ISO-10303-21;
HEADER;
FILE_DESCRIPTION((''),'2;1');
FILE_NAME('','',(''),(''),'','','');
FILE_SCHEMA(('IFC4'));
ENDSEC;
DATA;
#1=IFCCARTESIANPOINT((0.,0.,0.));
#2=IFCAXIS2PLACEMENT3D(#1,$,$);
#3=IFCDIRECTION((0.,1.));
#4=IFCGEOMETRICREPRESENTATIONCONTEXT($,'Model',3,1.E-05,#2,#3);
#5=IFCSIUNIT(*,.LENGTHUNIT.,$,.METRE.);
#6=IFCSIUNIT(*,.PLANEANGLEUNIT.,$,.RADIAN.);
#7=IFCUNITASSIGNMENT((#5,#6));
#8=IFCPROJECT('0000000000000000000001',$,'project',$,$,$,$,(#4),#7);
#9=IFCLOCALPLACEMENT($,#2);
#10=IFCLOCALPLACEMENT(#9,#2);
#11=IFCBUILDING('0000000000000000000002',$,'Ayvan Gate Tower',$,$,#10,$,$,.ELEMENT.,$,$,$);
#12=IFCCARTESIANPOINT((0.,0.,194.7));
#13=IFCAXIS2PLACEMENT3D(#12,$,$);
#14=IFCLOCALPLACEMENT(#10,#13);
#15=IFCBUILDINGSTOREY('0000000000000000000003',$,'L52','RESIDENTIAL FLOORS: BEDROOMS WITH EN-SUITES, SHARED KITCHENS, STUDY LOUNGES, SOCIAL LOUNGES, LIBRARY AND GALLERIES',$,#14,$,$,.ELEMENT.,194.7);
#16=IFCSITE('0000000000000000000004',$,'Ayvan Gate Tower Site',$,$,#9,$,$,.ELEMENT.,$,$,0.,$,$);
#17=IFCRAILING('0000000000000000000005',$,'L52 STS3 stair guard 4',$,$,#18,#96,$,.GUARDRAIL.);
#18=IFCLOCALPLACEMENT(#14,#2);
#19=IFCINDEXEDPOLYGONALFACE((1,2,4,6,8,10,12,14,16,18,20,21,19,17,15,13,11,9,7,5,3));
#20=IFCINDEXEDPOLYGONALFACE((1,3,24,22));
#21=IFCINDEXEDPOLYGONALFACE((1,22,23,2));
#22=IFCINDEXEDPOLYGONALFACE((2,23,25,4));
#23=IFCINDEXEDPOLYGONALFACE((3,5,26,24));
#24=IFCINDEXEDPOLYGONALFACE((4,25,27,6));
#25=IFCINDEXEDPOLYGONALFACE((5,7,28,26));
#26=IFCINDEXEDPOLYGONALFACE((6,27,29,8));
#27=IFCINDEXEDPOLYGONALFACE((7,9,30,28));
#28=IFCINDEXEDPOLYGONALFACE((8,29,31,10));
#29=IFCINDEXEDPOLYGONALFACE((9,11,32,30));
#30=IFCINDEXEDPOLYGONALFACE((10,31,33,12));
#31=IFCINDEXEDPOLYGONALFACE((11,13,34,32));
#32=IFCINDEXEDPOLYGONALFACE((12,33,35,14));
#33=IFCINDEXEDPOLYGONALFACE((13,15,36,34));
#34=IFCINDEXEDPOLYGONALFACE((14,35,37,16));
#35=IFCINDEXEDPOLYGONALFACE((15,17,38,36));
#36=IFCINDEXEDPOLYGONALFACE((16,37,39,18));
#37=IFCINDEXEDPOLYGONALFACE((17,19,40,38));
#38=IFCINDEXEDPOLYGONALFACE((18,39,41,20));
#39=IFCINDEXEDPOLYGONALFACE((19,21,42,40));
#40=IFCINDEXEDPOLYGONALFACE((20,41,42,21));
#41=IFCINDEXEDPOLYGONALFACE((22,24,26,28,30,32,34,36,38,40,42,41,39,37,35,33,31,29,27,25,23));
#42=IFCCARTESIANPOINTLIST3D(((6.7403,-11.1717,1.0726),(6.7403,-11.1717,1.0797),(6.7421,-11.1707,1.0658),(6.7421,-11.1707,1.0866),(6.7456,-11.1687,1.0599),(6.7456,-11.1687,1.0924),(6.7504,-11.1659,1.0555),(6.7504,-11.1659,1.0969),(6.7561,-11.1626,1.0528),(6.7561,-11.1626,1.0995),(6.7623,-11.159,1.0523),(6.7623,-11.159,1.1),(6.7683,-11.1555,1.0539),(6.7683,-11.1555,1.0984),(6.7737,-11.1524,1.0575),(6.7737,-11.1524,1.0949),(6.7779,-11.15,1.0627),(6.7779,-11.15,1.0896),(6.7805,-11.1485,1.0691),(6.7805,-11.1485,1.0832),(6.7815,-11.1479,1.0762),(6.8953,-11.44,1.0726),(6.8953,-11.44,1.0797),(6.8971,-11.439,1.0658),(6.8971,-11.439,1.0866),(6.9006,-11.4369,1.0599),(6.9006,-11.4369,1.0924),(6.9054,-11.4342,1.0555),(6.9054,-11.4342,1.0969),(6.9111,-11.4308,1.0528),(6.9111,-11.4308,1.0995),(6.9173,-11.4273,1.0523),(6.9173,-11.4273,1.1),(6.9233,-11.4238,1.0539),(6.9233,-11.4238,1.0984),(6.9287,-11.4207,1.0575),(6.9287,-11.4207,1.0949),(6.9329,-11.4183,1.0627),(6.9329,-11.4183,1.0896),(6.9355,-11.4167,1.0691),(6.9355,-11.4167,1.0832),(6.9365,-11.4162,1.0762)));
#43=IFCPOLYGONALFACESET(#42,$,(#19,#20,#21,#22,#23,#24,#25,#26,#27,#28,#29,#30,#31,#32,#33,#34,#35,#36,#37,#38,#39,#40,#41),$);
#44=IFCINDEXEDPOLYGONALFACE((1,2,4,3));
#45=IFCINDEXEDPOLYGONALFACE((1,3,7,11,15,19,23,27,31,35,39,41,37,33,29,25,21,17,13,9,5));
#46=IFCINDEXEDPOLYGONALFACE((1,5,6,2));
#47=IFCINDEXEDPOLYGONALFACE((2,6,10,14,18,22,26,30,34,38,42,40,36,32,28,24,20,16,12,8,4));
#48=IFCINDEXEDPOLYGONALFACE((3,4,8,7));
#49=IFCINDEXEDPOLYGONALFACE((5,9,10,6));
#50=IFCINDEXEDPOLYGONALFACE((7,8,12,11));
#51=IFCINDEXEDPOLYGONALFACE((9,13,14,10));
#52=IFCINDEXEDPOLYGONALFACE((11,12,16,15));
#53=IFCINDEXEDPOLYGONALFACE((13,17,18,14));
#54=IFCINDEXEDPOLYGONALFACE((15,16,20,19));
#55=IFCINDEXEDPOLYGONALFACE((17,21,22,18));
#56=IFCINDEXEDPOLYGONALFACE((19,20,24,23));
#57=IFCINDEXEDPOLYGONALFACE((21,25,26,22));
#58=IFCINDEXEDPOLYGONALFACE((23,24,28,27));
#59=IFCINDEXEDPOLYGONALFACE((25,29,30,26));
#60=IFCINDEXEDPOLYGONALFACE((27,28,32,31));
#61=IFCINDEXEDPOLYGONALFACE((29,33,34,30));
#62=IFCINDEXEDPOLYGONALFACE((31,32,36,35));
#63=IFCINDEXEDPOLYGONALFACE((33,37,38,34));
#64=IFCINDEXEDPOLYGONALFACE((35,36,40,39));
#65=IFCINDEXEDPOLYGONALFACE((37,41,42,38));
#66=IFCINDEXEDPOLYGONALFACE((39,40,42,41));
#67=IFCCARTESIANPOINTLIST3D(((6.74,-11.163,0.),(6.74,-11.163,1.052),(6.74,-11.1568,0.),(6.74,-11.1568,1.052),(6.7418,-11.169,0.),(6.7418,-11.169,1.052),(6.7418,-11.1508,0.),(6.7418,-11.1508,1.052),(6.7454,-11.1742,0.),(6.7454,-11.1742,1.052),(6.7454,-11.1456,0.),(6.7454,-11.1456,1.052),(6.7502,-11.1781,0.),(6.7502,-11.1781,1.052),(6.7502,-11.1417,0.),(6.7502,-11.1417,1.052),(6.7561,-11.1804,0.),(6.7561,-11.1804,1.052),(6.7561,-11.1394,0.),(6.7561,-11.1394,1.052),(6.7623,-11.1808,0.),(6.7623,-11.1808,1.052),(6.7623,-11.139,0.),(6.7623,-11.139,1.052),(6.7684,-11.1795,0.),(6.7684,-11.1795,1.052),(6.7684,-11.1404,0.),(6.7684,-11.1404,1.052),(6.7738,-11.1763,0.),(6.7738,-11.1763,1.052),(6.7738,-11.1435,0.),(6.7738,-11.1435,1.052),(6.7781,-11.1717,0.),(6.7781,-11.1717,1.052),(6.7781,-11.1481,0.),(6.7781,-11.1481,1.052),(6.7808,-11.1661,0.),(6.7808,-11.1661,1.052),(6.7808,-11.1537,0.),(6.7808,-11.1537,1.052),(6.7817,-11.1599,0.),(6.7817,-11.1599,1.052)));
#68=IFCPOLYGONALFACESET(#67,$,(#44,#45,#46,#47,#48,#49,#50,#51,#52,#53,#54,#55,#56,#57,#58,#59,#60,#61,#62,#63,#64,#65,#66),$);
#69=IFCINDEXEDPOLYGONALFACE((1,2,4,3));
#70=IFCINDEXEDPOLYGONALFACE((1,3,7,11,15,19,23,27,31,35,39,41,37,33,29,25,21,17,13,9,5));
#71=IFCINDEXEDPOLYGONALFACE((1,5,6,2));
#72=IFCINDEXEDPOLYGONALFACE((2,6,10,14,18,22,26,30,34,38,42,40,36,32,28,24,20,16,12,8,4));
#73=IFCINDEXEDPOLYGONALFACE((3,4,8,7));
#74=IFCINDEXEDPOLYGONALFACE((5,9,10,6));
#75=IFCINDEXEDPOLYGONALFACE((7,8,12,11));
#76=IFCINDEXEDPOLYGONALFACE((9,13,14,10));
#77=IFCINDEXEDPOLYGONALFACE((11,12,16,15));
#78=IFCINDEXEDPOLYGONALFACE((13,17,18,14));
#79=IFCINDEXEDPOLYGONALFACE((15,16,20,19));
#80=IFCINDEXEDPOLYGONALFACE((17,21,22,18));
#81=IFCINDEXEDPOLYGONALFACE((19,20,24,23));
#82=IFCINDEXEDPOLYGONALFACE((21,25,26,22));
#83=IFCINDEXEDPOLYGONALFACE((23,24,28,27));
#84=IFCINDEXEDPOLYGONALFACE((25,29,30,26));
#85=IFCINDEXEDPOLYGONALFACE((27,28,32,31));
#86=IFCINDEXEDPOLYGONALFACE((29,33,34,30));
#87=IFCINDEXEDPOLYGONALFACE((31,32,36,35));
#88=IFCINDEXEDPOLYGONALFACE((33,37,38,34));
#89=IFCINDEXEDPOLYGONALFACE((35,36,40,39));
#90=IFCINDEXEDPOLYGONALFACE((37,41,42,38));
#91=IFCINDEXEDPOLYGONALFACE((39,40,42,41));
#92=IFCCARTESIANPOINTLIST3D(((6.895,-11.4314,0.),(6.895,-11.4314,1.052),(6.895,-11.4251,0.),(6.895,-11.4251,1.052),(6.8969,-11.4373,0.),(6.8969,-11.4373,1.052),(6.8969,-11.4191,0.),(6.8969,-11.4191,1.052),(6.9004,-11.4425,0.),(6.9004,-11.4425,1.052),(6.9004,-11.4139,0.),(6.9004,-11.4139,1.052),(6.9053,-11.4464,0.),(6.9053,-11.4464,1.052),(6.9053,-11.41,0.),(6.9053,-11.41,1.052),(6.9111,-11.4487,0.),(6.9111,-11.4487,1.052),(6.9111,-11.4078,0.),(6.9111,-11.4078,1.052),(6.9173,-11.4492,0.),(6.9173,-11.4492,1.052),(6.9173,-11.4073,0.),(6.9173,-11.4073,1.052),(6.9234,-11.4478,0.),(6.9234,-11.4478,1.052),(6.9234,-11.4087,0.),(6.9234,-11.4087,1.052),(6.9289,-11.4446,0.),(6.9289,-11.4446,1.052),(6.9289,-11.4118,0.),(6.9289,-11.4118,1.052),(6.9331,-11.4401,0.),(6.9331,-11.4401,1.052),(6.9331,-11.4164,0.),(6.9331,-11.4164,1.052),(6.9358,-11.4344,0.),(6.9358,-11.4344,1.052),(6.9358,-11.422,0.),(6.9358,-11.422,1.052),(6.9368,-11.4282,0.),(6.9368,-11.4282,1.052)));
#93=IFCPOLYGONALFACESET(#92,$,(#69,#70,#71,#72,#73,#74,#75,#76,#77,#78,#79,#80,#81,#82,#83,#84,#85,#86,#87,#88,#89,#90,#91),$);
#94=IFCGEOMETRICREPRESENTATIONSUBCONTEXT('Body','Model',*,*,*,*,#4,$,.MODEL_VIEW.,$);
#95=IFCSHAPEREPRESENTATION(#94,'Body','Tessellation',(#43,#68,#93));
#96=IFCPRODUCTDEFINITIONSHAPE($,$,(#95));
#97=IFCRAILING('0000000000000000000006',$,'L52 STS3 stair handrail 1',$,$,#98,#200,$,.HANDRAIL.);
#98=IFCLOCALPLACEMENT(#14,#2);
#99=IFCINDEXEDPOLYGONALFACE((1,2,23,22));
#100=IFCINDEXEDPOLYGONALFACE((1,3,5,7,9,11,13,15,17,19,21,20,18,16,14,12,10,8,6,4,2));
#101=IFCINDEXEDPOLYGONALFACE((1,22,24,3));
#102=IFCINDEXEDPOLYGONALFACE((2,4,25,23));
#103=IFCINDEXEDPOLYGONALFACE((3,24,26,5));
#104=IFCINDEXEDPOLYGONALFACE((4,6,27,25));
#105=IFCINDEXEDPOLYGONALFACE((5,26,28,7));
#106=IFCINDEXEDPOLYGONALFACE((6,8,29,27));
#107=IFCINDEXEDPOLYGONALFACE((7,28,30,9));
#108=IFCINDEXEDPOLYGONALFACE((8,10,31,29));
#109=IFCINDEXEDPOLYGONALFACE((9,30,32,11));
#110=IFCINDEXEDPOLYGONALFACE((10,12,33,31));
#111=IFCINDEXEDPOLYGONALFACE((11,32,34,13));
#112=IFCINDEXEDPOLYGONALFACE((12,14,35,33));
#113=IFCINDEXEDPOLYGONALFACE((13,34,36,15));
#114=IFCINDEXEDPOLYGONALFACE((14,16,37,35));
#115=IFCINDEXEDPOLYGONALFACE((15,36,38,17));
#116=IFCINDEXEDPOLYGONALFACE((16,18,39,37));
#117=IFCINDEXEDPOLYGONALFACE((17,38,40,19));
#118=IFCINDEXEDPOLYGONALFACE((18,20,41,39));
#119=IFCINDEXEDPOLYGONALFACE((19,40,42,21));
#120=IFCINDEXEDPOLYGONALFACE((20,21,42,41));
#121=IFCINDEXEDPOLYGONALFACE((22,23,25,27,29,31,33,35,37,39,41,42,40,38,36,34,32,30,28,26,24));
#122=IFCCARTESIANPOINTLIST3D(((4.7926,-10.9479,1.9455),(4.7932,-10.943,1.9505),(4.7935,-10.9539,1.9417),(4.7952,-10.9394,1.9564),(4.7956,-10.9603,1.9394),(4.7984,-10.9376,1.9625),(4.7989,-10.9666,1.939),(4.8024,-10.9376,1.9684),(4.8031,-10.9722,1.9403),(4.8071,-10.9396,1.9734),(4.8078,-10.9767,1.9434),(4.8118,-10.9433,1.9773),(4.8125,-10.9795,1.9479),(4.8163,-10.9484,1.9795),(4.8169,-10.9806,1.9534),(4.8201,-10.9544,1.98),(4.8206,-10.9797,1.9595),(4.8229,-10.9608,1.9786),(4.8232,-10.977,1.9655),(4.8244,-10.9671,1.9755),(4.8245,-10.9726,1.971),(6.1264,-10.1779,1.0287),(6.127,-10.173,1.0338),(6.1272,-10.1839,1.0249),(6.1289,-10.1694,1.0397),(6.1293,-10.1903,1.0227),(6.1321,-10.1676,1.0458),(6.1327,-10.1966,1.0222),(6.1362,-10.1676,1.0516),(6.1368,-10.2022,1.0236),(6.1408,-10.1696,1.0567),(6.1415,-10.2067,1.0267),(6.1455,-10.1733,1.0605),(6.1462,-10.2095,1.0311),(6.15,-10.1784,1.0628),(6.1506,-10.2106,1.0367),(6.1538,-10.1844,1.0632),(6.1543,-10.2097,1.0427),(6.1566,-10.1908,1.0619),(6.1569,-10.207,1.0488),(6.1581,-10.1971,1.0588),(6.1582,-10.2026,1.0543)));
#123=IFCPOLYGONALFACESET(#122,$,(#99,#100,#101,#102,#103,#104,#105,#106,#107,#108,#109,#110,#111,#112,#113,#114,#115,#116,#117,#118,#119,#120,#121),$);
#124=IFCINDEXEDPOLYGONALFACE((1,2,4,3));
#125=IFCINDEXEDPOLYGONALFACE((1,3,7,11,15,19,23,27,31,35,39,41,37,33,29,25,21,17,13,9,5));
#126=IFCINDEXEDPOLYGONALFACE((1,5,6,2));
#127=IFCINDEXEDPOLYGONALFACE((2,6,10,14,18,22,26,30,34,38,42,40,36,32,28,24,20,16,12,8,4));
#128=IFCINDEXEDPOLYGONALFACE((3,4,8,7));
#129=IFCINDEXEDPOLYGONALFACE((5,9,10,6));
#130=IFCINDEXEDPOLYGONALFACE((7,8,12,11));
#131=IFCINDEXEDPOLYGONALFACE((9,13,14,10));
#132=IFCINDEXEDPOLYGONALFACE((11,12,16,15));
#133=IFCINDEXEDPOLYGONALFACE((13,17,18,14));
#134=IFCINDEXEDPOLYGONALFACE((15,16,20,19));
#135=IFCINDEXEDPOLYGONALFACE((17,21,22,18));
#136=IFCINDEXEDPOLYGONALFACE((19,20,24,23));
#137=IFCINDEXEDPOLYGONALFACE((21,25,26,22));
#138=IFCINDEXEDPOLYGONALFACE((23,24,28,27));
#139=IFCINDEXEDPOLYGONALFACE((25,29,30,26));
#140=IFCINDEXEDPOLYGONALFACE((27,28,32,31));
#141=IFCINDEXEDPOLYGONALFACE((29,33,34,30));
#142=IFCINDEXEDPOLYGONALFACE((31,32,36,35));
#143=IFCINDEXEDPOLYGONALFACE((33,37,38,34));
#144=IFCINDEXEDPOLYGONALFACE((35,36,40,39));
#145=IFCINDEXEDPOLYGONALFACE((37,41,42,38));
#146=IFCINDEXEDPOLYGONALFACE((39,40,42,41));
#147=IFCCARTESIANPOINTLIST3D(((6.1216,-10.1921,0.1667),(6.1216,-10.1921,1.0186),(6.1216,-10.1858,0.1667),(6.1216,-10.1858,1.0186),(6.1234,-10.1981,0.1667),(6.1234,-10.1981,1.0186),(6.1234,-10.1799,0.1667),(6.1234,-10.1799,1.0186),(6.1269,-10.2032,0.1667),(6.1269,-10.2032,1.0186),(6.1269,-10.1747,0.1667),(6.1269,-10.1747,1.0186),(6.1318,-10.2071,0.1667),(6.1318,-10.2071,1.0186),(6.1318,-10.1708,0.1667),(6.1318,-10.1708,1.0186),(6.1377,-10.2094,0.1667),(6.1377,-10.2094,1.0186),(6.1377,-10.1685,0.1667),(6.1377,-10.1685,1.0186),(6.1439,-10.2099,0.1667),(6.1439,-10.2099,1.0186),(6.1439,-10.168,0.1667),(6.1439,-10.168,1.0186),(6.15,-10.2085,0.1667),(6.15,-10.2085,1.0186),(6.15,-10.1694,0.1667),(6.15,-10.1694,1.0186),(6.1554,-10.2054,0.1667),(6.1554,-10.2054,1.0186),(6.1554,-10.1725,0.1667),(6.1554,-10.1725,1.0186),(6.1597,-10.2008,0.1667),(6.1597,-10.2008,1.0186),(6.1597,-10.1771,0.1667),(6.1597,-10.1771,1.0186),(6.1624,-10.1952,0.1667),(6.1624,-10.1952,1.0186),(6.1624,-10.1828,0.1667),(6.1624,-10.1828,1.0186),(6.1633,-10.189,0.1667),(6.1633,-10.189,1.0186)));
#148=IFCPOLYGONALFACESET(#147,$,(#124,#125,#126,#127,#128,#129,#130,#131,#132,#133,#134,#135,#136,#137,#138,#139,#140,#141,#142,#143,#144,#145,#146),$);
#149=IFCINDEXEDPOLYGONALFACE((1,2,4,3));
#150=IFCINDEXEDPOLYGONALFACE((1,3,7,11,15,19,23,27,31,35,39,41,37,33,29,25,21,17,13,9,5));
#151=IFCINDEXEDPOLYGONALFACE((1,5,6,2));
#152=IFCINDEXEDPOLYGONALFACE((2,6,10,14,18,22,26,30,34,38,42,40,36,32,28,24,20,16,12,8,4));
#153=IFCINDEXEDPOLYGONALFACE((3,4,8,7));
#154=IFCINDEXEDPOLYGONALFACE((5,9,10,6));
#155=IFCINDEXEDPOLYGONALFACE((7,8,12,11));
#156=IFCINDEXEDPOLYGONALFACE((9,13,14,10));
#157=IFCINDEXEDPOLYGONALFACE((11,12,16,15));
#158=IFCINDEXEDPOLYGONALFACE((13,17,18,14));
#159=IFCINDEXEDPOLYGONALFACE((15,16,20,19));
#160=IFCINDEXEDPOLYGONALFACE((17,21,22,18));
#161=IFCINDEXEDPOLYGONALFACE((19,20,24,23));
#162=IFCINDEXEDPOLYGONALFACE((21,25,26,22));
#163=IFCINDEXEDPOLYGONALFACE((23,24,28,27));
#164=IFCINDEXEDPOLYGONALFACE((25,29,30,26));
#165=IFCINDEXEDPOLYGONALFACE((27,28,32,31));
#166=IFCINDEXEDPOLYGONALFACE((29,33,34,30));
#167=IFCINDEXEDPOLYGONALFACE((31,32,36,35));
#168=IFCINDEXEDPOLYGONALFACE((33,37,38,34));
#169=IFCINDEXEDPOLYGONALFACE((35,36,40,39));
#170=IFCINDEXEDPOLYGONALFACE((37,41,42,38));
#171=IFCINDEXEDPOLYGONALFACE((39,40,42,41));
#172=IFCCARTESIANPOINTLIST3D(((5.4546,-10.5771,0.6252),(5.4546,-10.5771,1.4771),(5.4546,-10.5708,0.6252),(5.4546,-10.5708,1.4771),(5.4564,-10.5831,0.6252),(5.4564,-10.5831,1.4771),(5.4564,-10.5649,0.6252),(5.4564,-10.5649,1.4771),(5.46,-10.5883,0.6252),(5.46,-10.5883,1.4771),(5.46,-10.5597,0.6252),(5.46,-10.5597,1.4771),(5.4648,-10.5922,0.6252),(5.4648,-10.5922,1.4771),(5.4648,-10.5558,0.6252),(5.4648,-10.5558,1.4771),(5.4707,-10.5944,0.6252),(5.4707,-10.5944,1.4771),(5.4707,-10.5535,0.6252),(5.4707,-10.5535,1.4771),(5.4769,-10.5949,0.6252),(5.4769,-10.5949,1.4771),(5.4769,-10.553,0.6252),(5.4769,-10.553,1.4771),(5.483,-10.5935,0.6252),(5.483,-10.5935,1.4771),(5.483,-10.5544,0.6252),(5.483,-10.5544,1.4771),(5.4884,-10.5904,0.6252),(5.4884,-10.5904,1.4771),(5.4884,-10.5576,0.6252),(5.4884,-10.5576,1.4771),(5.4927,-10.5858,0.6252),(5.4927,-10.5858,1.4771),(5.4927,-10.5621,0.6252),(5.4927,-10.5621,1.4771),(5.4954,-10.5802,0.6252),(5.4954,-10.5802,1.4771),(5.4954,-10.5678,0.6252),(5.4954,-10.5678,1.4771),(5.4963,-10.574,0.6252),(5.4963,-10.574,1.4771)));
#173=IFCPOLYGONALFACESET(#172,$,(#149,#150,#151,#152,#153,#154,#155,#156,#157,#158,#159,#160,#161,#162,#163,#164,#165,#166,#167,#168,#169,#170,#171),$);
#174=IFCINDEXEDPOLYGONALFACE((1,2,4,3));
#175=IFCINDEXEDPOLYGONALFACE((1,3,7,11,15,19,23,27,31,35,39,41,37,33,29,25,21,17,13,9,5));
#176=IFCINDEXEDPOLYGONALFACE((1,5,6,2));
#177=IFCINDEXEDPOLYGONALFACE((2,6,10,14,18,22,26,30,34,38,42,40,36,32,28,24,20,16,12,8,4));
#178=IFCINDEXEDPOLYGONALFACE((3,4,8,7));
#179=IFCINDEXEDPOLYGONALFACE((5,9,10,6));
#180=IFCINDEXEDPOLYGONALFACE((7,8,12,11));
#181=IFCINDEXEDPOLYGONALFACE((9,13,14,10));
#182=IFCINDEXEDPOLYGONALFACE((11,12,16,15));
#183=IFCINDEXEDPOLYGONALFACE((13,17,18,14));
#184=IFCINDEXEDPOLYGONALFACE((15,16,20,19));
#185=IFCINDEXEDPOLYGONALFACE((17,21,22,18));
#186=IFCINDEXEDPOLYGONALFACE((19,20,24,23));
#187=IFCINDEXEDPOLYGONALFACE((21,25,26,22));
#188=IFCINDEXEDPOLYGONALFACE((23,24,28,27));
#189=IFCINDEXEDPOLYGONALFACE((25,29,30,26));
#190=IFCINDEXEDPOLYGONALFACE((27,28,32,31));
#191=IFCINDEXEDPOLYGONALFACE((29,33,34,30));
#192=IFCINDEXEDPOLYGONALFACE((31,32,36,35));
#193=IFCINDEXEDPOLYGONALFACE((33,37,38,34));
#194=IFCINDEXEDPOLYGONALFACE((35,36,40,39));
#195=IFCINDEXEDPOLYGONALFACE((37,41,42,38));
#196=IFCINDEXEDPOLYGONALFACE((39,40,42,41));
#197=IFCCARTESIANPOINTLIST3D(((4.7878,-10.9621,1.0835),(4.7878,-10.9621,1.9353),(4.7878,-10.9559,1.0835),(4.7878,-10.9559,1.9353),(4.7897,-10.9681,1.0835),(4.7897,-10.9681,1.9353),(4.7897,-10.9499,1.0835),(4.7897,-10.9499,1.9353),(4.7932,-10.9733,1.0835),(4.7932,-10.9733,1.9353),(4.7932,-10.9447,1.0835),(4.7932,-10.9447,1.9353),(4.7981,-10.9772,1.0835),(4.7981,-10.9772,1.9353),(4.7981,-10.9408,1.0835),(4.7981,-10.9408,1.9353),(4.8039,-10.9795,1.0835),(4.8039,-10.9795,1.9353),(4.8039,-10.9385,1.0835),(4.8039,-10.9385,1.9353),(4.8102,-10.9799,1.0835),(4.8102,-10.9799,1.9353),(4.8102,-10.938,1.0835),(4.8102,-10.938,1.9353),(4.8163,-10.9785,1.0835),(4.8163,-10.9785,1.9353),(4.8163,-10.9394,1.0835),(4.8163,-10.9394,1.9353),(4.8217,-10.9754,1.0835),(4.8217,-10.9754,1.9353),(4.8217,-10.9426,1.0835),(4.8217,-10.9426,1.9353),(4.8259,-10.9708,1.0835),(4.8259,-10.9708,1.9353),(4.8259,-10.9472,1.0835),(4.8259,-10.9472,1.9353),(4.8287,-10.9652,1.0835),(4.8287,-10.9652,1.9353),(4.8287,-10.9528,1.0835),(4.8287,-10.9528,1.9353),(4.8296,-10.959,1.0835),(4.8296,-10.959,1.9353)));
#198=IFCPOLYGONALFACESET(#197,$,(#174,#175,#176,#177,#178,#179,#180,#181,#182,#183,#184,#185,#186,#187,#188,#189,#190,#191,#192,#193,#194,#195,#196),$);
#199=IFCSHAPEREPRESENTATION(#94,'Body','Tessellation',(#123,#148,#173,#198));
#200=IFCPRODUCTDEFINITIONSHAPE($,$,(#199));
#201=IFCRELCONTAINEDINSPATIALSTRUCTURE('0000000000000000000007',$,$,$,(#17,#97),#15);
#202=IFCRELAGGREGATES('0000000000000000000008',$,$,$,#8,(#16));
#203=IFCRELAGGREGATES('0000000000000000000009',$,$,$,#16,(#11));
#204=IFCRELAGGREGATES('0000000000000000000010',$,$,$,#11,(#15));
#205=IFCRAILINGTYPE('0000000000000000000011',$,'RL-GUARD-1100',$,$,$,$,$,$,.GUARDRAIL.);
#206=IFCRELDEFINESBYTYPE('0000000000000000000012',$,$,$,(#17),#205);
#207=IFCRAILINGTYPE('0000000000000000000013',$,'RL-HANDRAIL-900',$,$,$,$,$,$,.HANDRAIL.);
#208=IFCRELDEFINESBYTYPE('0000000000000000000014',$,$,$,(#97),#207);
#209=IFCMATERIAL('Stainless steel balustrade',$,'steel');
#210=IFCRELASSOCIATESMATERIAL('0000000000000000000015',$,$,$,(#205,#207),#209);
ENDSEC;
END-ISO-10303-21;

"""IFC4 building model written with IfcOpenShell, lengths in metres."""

from ifc_helpers import new_model, si_unit, direction, frame, origin, origin_2d, place, context, subcontext, project, spatial, circle, extrude, material, type_object, element, save


model = new_model("IFC4")

# Units and contexts
model_context = context("Model", 3, precision=1e-05, world=origin(), true_north=direction((0.0, 1.0)))
body_context = subcontext(model_context, "Body", "Model", "MODEL_VIEW")
ifc_project = project(units=[si_unit("LENGTHUNIT", "METRE"), si_unit("PLANEANGLEUNIT", "RADIAN")], contexts=[model_context])

# Site, building, storey
site_placement = place(None, origin())
site = spatial("IfcSite", under=ifc_project, at=site_placement, Name="Ayvan Gate Tower Site", CompositionType="ELEMENT", RefElevation=0.0)
building_placement = place(site_placement, origin())
building = spatial("IfcBuilding", under=site, at=building_placement, Name="Ayvan Gate Tower", CompositionType="ELEMENT")
storey_placement = place(building_placement, frame((0.0, 0.0, 194.7)))
storey = spatial("IfcBuildingStorey", under=building, at=storey_placement, Name="L52", Description="RESIDENTIAL FLOORS: BEDROOMS WITH EN-SUITES, SHARED KITCHENS, STUDY LOUNGES, SOCIAL LOUNGES, LIBRARY AND GALLERIES", CompositionType="ELEMENT", Elevation=194.7)

# Railings
ifc_material_1 = material(Name="Stainless steel balustrade", Category="steel")
railing_type_1 = type_object("IfcRailingType", Name="RL-GUARD-1100", PredefinedType="GUARDRAIL", material=ifc_material_1)
railing_1_placement = place(storey_placement, frame((6.7607, -11.1599, 0.0)))
element("IfcRailing", 1, at=railing_1_placement, inside=storey, type_object=railing_type_1, Name="L52 STS3 stair guard 4", PredefinedType="GUARDRAIL", context=body_context, shape_type="SweptSolid", body=[
    extrude(circle(Radius=0.0239, at=origin_2d()), frame((0.0, 0.0, 1.0762), z_axis=(0.500291, -0.865857, 0.0), x_axis=(0.865857, 0.500291, 0.0)), (0.0, 0.0, 1.0), 0.3098),
    extrude(circle(Radius=0.021, at=origin_2d()), origin(), (0.0, 0.0, 1.0), 1.052),
    extrude(circle(Radius=0.021, at=origin_2d()), frame((0.155, -0.2683, 0.0)), (0.0, 0.0, 1.0), 1.052),
])
railing_type_2 = type_object("IfcRailingType", Name="RL-HANDRAIL-900", PredefinedType="HANDRAIL", material=ifc_material_1)
railing_2_placement = place(storey_placement, frame((6.1423, -10.189, 0.1667)))
element("IfcRailing", 2, at=railing_2_placement, inside=storey, type_object=railing_type_2, Name="L52 STS3 stair handrail 1", PredefinedType="HANDRAIL", context=body_context, shape_type="SweptSolid", body=[
    extrude(circle(Radius=0.0239, at=origin_2d()), frame((0.0, 0.0, 0.876), z_axis=(-0.744164, -0.429634, 0.511502), x_axis=(0.499992, -0.86603, 0.0)), (0.0, 0.0, 1.0), 1.7922),
    extrude(circle(Radius=0.021, at=origin_2d()), origin(), (0.0, 0.0, 1.0), 0.8518),
    extrude(circle(Radius=0.021, at=origin_2d()), frame((-0.667, -0.385, 0.4585)), (0.0, 0.0, 1.0), 0.8518),
    extrude(circle(Radius=0.021, at=origin_2d()), frame((-1.3337, -0.77, 0.9167)), (0.0, 0.0, 1.0), 0.8518),
])

save(model, "model.ifc")
